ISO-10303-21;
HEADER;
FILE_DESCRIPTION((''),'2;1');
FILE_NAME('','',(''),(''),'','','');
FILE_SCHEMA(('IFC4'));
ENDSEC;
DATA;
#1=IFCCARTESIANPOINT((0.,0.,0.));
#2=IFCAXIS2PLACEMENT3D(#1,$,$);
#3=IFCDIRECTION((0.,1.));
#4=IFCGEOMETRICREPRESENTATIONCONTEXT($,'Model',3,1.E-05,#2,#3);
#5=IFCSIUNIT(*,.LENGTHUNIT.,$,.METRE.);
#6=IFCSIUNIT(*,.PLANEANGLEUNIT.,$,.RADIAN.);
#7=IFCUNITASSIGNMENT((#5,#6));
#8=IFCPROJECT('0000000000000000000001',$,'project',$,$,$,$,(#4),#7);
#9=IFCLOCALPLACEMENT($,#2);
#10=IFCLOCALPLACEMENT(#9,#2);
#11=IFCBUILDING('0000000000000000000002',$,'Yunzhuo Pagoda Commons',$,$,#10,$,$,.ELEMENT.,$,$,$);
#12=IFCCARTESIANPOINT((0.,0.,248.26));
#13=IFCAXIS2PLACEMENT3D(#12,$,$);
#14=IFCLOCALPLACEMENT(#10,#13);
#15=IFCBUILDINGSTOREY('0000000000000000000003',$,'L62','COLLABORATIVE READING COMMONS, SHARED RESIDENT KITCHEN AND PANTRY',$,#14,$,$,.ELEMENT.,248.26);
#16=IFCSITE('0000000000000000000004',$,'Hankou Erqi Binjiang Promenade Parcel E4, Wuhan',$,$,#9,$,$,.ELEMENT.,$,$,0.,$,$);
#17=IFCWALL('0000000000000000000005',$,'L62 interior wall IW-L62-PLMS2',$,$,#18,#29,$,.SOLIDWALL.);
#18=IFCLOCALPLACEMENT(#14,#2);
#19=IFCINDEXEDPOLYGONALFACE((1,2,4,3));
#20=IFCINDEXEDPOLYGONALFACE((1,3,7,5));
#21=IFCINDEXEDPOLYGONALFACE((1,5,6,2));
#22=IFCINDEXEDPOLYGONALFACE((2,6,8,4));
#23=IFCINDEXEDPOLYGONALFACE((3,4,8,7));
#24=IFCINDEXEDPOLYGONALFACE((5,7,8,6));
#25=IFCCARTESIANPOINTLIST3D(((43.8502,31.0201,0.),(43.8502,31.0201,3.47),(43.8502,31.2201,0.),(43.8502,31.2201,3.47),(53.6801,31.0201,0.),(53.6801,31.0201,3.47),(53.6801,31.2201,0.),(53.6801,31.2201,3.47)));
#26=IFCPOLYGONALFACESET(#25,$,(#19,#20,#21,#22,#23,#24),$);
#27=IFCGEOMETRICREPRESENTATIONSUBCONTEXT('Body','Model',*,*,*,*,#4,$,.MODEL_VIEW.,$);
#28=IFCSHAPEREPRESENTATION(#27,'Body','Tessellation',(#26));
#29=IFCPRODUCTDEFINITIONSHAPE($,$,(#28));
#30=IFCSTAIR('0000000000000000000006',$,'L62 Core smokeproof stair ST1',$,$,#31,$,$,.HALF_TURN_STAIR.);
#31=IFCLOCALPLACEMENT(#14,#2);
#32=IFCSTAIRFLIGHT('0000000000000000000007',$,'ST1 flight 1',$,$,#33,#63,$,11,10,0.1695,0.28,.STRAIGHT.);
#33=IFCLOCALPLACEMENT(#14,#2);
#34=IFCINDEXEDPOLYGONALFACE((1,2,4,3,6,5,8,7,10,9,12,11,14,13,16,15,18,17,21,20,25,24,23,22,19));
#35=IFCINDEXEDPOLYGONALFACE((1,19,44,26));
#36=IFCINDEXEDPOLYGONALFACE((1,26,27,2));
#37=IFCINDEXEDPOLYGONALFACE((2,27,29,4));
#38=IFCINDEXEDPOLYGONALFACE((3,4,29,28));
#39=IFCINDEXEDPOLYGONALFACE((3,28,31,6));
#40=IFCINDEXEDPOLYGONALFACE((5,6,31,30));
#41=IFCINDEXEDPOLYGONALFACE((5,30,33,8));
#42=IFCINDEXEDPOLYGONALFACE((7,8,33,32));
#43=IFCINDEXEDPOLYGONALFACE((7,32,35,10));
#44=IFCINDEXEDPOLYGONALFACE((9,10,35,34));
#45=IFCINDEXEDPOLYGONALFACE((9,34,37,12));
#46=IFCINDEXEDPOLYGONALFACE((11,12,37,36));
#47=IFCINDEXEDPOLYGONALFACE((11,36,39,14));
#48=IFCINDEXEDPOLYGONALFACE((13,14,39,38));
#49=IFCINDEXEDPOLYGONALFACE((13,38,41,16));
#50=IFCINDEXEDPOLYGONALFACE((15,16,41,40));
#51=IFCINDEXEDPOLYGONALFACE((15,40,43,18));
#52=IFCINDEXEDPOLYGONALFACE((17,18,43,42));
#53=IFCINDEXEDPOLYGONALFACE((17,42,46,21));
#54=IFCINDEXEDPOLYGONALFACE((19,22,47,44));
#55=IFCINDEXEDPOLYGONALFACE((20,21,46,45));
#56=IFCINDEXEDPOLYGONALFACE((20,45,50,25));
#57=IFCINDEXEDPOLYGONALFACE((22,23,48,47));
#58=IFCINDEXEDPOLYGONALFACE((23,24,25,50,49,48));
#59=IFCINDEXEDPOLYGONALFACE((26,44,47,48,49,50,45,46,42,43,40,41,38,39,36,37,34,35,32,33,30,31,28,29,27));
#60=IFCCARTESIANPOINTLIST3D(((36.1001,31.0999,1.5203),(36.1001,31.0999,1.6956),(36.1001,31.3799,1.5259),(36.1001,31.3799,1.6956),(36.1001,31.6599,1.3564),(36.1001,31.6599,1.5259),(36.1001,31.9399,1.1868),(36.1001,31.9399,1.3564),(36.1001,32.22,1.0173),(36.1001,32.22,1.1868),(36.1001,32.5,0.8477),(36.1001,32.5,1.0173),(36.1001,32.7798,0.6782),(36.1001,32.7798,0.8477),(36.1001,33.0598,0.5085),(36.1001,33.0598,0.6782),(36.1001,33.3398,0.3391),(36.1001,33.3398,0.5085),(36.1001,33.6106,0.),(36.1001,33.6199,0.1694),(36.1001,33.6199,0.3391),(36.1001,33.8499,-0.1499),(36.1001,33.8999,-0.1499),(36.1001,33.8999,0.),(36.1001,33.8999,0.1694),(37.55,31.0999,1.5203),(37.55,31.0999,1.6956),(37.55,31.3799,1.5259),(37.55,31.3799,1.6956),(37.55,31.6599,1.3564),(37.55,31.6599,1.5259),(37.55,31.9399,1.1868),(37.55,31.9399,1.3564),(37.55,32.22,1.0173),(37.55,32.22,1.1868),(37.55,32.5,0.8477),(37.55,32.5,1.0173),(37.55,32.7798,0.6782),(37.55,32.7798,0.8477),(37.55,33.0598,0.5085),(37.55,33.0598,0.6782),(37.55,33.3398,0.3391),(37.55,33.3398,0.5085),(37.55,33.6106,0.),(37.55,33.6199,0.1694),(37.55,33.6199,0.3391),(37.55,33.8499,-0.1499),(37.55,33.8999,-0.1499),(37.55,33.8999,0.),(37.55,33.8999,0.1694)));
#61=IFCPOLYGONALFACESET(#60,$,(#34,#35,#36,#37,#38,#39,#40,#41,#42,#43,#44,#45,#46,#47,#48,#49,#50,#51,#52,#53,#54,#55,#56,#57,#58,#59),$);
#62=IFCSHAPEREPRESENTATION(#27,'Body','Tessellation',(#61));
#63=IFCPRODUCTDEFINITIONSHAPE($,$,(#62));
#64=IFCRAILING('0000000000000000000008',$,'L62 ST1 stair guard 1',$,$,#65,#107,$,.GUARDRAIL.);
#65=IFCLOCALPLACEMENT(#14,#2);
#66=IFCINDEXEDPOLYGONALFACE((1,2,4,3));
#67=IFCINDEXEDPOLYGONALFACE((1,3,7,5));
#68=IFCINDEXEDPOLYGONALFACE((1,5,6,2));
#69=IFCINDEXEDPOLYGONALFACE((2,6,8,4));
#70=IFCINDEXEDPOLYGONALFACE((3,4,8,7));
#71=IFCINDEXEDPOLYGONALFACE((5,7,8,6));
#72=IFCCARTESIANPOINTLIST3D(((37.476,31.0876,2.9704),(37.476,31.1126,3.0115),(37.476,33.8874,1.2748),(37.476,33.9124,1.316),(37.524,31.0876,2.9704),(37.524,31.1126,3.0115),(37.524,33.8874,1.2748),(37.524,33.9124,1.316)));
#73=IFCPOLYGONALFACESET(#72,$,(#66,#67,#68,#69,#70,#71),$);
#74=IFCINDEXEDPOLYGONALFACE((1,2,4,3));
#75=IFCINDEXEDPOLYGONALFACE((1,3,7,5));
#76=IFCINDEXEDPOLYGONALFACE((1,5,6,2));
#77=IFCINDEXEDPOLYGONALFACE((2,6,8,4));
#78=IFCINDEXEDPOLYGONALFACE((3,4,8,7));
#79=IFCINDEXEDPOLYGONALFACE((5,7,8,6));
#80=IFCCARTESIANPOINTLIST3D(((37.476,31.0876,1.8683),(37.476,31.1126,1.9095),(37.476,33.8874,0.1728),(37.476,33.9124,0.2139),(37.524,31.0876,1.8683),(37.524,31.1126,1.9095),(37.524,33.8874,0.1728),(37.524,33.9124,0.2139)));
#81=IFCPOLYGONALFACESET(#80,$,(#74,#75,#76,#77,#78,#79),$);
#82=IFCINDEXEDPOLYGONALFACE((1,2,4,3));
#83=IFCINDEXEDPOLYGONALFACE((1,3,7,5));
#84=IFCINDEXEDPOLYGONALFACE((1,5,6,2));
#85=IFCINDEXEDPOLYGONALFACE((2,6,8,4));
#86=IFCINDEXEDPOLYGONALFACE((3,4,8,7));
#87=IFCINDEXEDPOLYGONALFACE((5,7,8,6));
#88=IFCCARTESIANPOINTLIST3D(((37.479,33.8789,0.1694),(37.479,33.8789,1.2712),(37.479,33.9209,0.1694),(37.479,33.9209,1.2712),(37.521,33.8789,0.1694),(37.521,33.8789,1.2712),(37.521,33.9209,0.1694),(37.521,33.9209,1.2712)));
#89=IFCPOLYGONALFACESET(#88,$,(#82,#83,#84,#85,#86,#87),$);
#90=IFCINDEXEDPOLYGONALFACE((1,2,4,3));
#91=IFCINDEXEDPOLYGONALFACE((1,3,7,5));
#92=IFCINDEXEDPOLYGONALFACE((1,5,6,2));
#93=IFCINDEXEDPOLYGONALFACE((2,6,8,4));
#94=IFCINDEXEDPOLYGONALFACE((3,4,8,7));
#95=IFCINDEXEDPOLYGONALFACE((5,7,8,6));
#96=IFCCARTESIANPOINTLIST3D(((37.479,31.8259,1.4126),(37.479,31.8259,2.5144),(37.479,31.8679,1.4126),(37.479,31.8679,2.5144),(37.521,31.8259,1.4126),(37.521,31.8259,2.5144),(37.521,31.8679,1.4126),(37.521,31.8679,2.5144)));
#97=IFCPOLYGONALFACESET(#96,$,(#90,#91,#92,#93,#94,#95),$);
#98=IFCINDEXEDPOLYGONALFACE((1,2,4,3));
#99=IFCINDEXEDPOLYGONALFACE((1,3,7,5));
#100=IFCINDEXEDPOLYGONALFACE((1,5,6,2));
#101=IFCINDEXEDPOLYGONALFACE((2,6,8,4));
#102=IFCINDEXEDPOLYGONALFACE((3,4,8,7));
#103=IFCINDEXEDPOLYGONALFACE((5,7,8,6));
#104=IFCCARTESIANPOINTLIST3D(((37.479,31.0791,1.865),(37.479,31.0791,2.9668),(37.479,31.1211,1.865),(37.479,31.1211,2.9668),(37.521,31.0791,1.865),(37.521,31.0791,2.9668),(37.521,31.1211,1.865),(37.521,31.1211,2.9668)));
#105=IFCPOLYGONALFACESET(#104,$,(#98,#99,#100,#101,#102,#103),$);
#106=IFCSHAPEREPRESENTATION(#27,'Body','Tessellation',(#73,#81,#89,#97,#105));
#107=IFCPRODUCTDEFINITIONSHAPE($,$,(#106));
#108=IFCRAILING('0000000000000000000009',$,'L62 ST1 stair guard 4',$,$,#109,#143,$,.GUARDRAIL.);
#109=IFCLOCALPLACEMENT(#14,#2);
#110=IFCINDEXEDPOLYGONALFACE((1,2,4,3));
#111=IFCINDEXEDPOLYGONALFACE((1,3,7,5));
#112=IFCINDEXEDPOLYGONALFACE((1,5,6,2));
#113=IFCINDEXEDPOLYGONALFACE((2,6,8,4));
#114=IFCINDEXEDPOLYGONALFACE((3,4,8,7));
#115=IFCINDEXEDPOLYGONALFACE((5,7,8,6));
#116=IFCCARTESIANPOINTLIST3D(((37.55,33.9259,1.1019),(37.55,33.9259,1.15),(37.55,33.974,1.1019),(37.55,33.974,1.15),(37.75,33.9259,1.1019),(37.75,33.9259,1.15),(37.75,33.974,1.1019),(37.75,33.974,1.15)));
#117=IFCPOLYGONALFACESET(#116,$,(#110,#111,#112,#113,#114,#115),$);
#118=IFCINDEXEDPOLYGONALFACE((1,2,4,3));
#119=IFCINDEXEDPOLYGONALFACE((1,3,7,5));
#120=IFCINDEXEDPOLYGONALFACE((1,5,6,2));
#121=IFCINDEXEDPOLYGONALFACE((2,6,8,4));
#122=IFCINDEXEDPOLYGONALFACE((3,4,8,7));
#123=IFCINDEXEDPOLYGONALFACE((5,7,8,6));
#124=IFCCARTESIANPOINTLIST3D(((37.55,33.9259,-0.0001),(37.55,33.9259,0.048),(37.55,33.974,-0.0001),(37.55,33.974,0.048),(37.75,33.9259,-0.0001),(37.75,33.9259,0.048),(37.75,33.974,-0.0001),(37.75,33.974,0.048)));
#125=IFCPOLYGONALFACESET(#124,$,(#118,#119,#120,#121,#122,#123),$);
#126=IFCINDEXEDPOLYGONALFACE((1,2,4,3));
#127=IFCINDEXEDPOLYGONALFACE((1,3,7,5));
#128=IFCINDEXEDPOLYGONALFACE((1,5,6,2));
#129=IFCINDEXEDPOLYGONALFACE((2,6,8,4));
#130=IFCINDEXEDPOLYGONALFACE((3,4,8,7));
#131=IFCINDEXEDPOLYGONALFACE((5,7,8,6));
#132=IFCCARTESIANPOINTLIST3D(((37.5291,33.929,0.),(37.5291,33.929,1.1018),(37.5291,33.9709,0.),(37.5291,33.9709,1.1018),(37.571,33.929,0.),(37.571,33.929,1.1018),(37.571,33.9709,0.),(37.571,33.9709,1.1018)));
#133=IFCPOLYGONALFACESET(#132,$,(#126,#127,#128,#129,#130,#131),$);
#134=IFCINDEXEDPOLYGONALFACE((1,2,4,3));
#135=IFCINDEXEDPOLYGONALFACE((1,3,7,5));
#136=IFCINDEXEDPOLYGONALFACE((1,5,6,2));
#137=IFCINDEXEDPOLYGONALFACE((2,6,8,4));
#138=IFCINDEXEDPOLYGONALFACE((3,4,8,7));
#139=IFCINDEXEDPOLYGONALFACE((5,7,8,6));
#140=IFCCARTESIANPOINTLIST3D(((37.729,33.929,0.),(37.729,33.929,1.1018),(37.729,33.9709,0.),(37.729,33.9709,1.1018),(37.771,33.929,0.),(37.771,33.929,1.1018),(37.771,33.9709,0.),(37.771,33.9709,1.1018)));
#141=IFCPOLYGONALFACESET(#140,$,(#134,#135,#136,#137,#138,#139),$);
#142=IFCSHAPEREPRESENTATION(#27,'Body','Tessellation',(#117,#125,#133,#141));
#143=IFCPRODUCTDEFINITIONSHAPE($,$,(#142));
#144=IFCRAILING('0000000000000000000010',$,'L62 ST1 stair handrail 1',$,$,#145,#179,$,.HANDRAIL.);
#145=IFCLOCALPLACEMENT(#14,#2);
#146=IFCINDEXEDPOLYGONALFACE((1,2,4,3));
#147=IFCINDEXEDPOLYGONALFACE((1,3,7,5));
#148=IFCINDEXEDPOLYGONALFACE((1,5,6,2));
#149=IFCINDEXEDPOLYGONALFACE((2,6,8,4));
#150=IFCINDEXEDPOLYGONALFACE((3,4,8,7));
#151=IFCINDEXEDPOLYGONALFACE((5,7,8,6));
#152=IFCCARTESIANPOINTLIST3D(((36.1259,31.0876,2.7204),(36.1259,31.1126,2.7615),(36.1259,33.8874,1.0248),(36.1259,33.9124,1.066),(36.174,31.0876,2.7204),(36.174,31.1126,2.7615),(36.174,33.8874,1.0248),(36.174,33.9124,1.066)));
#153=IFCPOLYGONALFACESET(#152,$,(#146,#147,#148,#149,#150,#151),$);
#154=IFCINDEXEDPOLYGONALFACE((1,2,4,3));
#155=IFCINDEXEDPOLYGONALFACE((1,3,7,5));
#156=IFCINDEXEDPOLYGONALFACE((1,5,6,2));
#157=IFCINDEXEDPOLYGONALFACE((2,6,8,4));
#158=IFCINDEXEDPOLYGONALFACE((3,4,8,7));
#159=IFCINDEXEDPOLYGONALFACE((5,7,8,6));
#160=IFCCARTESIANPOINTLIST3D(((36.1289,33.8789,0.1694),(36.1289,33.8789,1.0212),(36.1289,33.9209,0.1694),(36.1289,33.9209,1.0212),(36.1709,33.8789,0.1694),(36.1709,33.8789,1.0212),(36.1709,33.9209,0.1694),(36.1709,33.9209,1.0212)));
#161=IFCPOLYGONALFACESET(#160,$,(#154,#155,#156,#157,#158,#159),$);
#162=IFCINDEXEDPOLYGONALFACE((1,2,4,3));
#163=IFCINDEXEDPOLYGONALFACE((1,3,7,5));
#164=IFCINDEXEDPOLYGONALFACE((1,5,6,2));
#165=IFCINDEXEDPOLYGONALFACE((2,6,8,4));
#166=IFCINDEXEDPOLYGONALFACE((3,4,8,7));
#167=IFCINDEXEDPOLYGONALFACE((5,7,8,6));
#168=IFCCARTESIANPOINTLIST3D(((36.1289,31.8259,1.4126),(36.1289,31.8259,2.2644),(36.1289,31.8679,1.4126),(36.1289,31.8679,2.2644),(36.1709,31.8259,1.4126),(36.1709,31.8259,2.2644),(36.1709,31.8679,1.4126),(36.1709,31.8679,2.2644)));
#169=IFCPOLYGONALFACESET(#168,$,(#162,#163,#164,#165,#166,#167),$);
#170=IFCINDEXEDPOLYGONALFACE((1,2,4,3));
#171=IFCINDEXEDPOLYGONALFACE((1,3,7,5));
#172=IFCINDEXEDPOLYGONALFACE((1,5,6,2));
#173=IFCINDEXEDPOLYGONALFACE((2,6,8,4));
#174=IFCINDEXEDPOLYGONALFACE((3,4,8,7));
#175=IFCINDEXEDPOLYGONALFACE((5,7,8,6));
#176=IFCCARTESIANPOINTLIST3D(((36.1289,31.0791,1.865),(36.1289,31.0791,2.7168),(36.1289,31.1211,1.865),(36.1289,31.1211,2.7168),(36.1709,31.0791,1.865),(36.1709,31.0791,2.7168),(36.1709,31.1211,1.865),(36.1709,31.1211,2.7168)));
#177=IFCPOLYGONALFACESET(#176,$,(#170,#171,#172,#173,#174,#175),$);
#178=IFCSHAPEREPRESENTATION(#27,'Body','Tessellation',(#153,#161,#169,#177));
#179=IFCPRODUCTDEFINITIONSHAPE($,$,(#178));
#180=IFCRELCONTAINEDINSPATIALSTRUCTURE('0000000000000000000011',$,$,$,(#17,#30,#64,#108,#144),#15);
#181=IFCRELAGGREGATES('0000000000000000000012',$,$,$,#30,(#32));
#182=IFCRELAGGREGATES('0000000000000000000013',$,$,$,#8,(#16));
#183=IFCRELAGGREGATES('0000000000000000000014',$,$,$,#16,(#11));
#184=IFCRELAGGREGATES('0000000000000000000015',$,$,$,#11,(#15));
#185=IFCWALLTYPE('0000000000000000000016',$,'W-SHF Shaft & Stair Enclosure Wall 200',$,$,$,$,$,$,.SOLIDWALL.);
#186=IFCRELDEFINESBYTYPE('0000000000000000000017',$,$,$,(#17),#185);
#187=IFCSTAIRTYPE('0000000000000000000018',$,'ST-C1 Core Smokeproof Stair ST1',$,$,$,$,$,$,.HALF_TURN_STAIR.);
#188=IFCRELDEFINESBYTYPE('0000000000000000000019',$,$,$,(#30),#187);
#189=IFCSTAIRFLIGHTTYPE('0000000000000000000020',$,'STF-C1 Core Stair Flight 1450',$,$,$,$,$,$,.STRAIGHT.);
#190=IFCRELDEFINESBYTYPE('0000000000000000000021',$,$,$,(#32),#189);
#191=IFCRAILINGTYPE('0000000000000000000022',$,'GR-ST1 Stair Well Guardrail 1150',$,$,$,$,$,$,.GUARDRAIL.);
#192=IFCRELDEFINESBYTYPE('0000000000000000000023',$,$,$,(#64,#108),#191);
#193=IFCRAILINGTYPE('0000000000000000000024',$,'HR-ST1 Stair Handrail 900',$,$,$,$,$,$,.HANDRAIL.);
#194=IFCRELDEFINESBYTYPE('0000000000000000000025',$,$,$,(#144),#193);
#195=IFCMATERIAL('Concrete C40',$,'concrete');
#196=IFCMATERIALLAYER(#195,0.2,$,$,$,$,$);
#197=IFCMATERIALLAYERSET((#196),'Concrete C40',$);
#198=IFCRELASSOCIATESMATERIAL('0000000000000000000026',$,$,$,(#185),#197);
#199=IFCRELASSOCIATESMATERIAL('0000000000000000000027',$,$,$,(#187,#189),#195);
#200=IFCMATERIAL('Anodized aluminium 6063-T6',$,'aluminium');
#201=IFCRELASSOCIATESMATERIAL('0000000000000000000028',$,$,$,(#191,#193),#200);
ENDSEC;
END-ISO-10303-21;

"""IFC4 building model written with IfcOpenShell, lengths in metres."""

from ifc_helpers import new_model, si_unit, direction, frame, frame_2d, origin, origin_2d, place, context, subcontext, project, spatial, polyline, rectangle, outline, extrude, source, transform, mapped, material, layer, layer_set, type_object, element, aggregate, save


model = new_model("IFC4")

# Units and contexts
model_context = context("Model", 3, precision=1e-05, world=origin(), true_north=direction((0.0, 1.0)))
body_context = subcontext(model_context, "Body", "Model", "MODEL_VIEW")
ifc_project = project(units=[si_unit("LENGTHUNIT", "METRE"), si_unit("PLANEANGLEUNIT", "RADIAN")], contexts=[model_context])

# Site, building, storey
site_placement = place(None, origin())
site = spatial("IfcSite", under=ifc_project, at=site_placement, Name="Hankou Erqi Binjiang Promenade Parcel E4, Wuhan", CompositionType="ELEMENT", RefElevation=0.0)
building_placement = place(site_placement, origin())
building = spatial("IfcBuilding", under=site, at=building_placement, Name="Yunzhuo Pagoda Commons", CompositionType="ELEMENT")
storey_placement = place(building_placement, frame((0.0, 0.0, 248.26)))
storey = spatial("IfcBuildingStorey", under=building, at=storey_placement, Name="L62", Description="COLLABORATIVE READING COMMONS, SHARED RESIDENT KITCHEN AND PANTRY", CompositionType="ELEMENT", Elevation=248.26)

# Shared definitions
ifc_material_1 = material(Name="Concrete C40", Category="concrete")
ifc_layer_1 = layer(ifc_material_1, 0.2)
ifc_layer_set_1 = layer_set([ifc_layer_1], Name="Concrete C40")
wall_type_1 = type_object("IfcWallType", Name="W-SHF Shaft & Stair Enclosure Wall 200", PredefinedType="SOLIDWALL", material=ifc_layer_set_1)

# Wall
wall_1_placement = place(storey_placement, frame((43.8501, 31.1201, 0.0), z_axis=(0.0, 0.0, 1.0), x_axis=(1.0, 0.0, 0.0)))
element("IfcWall", 1, at=wall_1_placement, inside=storey, type_object=wall_type_1, Name="L62 interior wall IW-L62-PLMS2", PredefinedType="SOLIDWALL", context=body_context, shape_type="SweptSolid", body=[
    extrude(rectangle(XDim=9.8298, YDim=0.2, at=frame_2d((4.915, 0.0))), origin(), (0.0, 0.0, 1.0), 3.47),
])

# Stair, stair flight
stair_type = type_object("IfcStairType", Name="ST-C1 Core Smokeproof Stair ST1", PredefinedType="HALF_TURN_STAIR", material=ifc_material_1)
stair_placement = place(storey_placement, origin())
stair = element("IfcStair", 2, at=stair_placement, inside=storey, type_object=stair_type, Name="L62 Core smokeproof stair ST1", PredefinedType="HALF_TURN_STAIR")
stair_flight_type = type_object("IfcStairFlightType", Name="STF-C1 Core Stair Flight 1450", PredefinedType="STRAIGHT", material=ifc_material_1)
shared_shape_1 = source(origin(), body_context, "Body", "SweptSolid", [
    extrude(outline(polyline([(0.0, -0.1499), (0.0, 0.0), (0.0, 0.1694), (0.28, 0.1694), (0.28, 0.3391), (0.5601, 0.3391), (0.5601, 0.5085), (0.8401, 0.5085), (0.8401, 0.6782), (1.1201, 0.6782), (1.1201, 0.8477), (1.3999, 0.8477), (1.3999, 1.0173), (1.6799, 1.0173), (1.6799, 1.1868), (1.96, 1.1868), (1.96, 1.3564), (2.24, 1.3564), (2.24, 1.5259), (2.52, 1.5259), (2.52, 1.6956), (2.8, 1.6956), (2.8, 1.865), (2.8, 1.5203), (0.2893, 0.0), (0.05, -0.1499), (0.0, -0.1499)])), frame((0.0, 0.7251, 0.0), z_axis=(0.0, -1.0, 0.0), x_axis=(1.0, 0.0, 0.0)), (0.0, 0.0, 1.0), 1.45),
])
stair_flight_placement = place(storey_placement, frame((36.825, 33.8999, 0.0), z_axis=(0.0, 0.0, 1.0), x_axis=(0.0, -1.0, 0.0)))
stair_flight = element("IfcStairFlight", 3, at=stair_flight_placement, type_object=stair_flight_type, Name="ST1 flight 1", NumberOfRisers=11, NumberOfTreads=10, PredefinedType="STRAIGHT", RiserHeight=0.1695, TreadLength=0.28, context=body_context, shape_type="MappedRepresentation", body=[
    mapped(shared_shape_1, transform((0.0, 0.0, 0.0), scale=1.0)),
])
aggregate(stair, [stair_flight])

# Railings
ifc_material_2 = material(Name="Anodized aluminium 6063-T6", Category="aluminium")
railing_type_1 = type_object("IfcRailingType", Name="GR-ST1 Stair Well Guardrail 1150", PredefinedType="GUARDRAIL", material=ifc_material_2)
railing_1_placement = place(storey_placement, frame((37.5, 33.8999, 0.1694)))
element("IfcRailing", 4, at=railing_1_placement, inside=storey, type_object=railing_type_1, Name="L62 ST1 stair guard 1", PredefinedType="GUARDRAIL", context=body_context, shape_type="SweptSolid", body=[
    extrude(rectangle(XDim=0.0481, YDim=0.0481, at=origin_2d()), frame((0.0, 0.0, 1.126), z_axis=(0.0, -0.855373, 0.518012), x_axis=(1.0, 0.0, 0.0)), (0.0, 0.0, 1.0), 3.2732),
    extrude(rectangle(XDim=0.0481, YDim=0.0481, at=origin_2d()), frame((0.0, 0.0, 0.0239), z_axis=(0.0, -0.855373, 0.518012), x_axis=(1.0, 0.0, 0.0)), (0.0, 0.0, 1.0), 3.2732),
    extrude(rectangle(XDim=0.042, YDim=0.042, at=origin_2d()), origin(), (0.0, 0.0, 1.0), 1.1018),
    extrude(rectangle(XDim=0.042, YDim=0.042, at=origin_2d()), frame((0.0, -2.053, 1.2432)), (0.0, 0.0, 1.0), 1.1018),
    extrude(rectangle(XDim=0.042, YDim=0.042, at=origin_2d()), frame((0.0, -2.7998, 1.6956)), (0.0, 0.0, 1.0), 1.1018),
])
railing_2_placement = place(storey_placement, frame((37.55, 33.95, 0.0)))
element("IfcRailing", 5, at=railing_2_placement, inside=storey, type_object=railing_type_1, Name="L62 ST1 stair guard 4", PredefinedType="GUARDRAIL", context=body_context, shape_type="SweptSolid", body=[
    extrude(rectangle(XDim=0.0481, YDim=0.0481, at=origin_2d()), frame((0.0, 0.0, 1.126), z_axis=(1.0, 0.0, 0.0), x_axis=(0.0, 1.0, 0.0)), (0.0, 0.0, 1.0), 0.2),
    extrude(rectangle(XDim=0.0481, YDim=0.0481, at=origin_2d()), frame((0.0, 0.0, 0.0239), z_axis=(1.0, 0.0, 0.0), x_axis=(0.0, 1.0, 0.0)), (0.0, 0.0, 1.0), 0.2),
    extrude(rectangle(XDim=0.042, YDim=0.042, at=origin_2d()), origin(), (0.0, 0.0, 1.0), 1.1018),
    extrude(rectangle(XDim=0.042, YDim=0.042, at=origin_2d()), frame((0.2, 0.0, 0.0)), (0.0, 0.0, 1.0), 1.1018),
])
railing_type_2 = type_object("IfcRailingType", Name="HR-ST1 Stair Handrail 900", PredefinedType="HANDRAIL", material=ifc_material_2)
railing_3_placement = place(storey_placement, frame((36.1499, 33.8999, 0.1694)))
element("IfcRailing", 6, at=railing_3_placement, inside=storey, type_object=railing_type_2, Name="L62 ST1 stair handrail 1", PredefinedType="HANDRAIL", context=body_context, shape_type="SweptSolid", body=[
    extrude(rectangle(XDim=0.0481, YDim=0.0481, at=origin_2d()), frame((0.0, 0.0, 0.876), z_axis=(0.0, -0.855373, 0.518012), x_axis=(1.0, 0.0, 0.0)), (0.0, 0.0, 1.0), 3.2732),
    extrude(rectangle(XDim=0.042, YDim=0.042, at=origin_2d()), origin(), (0.0, 0.0, 1.0), 0.8518),
    extrude(rectangle(XDim=0.042, YDim=0.042, at=origin_2d()), frame((0.0, -2.053, 1.2432)), (0.0, 0.0, 1.0), 0.8518),
    extrude(rectangle(XDim=0.042, YDim=0.042, at=origin_2d()), frame((0.0, -2.7998, 1.6956)), (0.0, 0.0, 1.0), 0.8518),
])

save(model, "model.ifc")
